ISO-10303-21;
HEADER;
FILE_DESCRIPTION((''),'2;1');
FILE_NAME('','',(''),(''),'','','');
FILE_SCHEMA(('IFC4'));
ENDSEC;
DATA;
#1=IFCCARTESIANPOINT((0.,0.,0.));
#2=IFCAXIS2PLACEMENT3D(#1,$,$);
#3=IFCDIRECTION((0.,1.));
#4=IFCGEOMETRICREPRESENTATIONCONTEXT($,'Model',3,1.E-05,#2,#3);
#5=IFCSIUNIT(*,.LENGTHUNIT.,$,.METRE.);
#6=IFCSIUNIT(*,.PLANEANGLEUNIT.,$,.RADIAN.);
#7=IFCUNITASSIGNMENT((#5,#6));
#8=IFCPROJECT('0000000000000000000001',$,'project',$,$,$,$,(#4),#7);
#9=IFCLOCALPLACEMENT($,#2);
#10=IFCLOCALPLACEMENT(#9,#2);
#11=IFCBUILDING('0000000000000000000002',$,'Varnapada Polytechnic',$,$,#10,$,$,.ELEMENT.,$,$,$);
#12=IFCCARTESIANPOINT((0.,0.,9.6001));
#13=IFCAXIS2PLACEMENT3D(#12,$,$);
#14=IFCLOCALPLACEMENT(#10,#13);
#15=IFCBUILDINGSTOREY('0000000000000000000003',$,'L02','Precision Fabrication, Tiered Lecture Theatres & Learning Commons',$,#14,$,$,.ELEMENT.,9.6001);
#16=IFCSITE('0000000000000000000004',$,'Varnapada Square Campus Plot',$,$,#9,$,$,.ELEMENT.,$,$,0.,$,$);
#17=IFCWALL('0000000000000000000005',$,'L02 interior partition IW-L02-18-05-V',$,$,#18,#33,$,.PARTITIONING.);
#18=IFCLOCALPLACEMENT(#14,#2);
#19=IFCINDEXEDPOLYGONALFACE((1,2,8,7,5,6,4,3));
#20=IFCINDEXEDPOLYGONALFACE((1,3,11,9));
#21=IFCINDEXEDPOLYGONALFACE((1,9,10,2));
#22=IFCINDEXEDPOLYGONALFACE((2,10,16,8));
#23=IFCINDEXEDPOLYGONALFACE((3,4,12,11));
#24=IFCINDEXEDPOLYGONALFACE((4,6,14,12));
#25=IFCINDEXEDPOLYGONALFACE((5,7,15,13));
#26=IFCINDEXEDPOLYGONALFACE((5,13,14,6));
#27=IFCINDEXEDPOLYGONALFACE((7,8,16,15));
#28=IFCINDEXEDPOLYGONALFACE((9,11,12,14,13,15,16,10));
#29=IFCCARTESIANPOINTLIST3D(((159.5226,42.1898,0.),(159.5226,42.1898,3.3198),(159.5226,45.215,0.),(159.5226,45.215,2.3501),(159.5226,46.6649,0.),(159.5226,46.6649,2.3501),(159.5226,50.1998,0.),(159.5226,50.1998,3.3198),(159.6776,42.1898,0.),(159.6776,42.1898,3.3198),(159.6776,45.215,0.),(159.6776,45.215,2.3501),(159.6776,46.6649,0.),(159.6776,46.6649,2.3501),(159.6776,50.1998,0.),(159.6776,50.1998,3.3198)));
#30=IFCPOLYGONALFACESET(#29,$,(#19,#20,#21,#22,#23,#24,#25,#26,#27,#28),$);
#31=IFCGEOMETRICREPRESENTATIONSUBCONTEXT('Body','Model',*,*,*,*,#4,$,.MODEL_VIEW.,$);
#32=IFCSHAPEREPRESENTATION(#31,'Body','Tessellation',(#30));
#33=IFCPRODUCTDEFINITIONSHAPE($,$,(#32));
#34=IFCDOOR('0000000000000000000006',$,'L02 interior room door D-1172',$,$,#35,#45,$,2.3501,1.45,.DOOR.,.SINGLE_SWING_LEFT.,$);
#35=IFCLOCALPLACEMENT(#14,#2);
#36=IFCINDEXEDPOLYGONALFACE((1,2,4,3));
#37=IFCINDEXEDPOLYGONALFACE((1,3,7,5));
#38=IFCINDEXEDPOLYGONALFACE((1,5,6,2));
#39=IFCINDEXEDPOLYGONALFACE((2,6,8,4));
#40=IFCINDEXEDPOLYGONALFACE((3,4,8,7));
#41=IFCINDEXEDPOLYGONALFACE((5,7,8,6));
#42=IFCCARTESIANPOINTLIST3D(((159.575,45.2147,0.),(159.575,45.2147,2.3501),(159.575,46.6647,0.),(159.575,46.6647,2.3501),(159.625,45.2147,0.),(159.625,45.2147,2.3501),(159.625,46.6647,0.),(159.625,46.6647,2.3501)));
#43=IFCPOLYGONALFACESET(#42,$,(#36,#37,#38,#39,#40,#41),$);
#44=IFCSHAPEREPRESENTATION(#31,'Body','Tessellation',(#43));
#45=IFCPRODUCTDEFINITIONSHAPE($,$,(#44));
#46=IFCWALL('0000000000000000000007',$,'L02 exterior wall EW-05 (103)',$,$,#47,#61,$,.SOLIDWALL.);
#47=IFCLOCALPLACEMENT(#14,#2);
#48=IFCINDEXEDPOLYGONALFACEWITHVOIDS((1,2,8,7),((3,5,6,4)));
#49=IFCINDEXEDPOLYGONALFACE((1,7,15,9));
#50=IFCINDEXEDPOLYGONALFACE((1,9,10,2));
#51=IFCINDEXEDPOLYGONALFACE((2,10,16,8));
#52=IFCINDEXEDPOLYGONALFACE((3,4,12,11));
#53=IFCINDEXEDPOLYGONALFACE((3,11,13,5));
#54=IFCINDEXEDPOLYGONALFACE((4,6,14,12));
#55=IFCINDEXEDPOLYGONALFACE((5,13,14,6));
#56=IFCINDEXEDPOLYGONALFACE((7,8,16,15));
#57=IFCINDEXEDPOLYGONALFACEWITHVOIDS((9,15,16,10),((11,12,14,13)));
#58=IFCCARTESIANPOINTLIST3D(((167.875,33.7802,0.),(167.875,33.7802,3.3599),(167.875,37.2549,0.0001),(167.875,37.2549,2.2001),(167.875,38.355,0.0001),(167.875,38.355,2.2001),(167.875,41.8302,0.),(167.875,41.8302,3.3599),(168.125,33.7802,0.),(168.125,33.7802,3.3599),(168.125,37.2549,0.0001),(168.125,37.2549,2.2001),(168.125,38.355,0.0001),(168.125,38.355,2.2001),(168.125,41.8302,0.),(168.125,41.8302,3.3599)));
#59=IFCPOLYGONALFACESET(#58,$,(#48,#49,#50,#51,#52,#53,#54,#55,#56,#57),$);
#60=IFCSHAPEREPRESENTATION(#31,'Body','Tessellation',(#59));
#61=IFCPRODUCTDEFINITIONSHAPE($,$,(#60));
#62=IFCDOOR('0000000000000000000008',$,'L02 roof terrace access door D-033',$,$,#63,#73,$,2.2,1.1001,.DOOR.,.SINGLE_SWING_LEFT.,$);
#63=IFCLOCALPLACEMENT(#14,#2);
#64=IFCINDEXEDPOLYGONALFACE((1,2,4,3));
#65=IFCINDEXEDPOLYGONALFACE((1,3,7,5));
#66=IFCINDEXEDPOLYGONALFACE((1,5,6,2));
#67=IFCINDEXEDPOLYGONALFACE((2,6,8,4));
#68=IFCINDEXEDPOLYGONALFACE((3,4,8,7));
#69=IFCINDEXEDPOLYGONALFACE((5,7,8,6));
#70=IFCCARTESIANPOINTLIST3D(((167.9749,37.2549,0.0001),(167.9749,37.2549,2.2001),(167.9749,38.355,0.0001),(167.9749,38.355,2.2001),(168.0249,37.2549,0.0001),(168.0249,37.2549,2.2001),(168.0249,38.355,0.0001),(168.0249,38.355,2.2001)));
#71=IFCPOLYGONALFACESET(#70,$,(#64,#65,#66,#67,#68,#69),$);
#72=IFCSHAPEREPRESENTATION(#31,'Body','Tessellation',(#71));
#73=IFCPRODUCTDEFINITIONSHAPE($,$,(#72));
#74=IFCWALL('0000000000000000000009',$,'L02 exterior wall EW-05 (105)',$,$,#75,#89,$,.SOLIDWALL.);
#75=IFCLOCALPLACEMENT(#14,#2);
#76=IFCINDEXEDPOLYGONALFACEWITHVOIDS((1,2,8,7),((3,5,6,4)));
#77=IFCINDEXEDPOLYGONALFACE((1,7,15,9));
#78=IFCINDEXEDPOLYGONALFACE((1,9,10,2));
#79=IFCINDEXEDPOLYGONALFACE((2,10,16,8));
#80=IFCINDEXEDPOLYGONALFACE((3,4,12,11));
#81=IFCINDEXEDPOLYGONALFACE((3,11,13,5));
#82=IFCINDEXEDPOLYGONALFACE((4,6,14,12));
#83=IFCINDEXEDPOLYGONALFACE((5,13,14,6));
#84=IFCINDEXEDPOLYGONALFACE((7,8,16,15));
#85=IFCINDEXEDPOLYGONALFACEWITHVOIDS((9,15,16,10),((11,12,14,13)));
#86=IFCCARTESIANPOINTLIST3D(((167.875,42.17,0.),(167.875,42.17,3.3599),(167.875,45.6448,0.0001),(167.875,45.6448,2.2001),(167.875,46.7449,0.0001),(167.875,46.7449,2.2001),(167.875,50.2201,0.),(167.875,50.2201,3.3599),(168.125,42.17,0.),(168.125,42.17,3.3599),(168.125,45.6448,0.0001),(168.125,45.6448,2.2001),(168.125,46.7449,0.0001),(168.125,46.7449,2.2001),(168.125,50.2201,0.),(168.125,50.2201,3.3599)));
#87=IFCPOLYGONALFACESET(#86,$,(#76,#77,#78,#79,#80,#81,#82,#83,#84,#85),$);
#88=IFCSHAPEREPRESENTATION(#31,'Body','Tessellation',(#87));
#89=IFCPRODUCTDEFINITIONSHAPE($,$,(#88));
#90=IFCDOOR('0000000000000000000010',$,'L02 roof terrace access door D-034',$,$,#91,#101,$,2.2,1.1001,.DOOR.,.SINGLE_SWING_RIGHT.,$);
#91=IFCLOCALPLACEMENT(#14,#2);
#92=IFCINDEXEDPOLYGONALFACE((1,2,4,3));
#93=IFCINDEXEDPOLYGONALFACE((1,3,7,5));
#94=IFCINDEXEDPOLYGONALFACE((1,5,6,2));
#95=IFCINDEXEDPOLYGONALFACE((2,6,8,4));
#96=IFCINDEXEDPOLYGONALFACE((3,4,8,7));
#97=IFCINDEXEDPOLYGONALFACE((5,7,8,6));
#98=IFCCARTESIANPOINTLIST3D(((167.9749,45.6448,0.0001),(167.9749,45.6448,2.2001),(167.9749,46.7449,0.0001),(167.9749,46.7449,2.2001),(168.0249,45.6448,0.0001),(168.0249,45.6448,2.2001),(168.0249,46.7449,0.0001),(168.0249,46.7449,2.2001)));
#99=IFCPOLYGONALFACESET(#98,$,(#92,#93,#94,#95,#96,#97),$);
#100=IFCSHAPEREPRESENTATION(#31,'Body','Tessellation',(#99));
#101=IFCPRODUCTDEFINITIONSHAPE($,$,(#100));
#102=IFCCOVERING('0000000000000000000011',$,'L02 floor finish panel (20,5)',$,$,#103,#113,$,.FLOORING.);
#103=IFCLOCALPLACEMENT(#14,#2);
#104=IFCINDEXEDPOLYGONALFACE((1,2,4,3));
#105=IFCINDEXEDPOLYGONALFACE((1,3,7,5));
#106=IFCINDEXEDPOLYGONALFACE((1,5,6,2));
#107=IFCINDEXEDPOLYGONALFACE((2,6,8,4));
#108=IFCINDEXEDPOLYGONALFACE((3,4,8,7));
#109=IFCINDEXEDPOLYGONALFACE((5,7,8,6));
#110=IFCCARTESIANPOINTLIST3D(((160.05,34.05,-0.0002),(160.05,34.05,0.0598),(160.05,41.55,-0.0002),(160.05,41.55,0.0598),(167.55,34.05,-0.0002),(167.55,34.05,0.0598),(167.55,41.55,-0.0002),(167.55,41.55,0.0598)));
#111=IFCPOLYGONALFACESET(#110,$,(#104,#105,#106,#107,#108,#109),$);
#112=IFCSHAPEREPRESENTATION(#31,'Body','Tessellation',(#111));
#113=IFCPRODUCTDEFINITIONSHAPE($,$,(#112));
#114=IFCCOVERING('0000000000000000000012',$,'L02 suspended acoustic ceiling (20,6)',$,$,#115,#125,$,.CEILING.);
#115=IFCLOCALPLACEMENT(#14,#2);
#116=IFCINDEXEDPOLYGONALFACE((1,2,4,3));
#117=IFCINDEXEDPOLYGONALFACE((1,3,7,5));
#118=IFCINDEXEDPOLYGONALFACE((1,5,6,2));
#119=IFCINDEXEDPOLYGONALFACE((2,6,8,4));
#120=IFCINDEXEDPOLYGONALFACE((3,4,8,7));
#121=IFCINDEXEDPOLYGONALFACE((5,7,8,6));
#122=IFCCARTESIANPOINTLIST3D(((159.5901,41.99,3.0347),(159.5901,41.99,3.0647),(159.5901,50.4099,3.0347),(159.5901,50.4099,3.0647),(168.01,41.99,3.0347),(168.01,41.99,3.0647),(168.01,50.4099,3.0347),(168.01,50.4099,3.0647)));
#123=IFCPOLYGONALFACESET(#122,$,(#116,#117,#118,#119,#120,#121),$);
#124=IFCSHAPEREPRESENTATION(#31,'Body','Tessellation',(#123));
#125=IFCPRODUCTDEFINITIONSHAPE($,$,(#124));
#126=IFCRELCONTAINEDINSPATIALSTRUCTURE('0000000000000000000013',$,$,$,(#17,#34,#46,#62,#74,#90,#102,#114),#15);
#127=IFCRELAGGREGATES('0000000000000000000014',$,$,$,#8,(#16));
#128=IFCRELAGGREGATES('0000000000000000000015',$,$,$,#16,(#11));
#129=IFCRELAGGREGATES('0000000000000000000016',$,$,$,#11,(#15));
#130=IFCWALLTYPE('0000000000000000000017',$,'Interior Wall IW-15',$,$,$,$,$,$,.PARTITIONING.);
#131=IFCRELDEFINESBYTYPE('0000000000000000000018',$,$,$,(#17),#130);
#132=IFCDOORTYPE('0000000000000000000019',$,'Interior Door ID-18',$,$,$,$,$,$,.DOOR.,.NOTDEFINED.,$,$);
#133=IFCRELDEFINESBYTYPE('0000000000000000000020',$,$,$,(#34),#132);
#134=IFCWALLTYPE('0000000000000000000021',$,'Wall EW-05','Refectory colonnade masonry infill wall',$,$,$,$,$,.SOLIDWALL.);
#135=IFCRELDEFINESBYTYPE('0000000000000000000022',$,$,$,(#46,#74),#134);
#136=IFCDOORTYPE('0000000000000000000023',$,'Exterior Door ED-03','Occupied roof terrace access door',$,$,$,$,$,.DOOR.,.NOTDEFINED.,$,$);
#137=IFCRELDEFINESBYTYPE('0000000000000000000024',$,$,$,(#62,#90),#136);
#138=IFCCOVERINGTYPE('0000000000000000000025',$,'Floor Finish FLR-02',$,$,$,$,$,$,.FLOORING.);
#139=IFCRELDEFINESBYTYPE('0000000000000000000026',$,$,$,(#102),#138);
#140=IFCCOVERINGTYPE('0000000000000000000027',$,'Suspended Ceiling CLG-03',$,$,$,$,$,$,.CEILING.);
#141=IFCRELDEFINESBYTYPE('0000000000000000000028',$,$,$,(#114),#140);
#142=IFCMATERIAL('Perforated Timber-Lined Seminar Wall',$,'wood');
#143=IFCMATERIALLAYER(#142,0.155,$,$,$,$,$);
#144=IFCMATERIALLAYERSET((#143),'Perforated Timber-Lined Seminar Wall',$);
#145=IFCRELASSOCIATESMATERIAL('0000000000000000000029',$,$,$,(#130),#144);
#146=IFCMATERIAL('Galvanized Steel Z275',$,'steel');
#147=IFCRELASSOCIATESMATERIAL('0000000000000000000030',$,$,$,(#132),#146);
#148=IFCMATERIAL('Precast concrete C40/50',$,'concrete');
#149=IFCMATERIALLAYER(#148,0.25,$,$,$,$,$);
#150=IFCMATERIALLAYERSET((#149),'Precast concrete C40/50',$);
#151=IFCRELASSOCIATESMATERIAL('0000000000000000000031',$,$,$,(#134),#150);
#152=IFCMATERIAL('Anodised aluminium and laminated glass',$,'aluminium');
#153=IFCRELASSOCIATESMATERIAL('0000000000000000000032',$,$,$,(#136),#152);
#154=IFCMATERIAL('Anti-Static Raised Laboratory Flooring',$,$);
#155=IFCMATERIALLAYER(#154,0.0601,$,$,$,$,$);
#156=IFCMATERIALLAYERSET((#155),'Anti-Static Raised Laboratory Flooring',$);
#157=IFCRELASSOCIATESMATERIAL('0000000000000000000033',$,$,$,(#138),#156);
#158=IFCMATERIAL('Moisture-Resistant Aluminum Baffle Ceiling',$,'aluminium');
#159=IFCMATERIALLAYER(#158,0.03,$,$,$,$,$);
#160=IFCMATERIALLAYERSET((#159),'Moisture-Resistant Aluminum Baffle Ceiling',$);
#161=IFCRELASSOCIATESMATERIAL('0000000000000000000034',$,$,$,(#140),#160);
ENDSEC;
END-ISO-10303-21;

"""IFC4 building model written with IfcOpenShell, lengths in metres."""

from ifc_helpers import new_model, si_unit, direction, frame, frame_2d, origin, origin_2d, place, context, subcontext, project, spatial, rectangle, extrude, material, layer, layer_set, type_object, element, fill, save


model = new_model("IFC4")

# Units and contexts
model_context = context("Model", 3, precision=1e-05, world=origin(), true_north=direction((0.0, 1.0)))
body_context = subcontext(model_context, "Body", "Model", "MODEL_VIEW")
ifc_project = project(units=[si_unit("LENGTHUNIT", "METRE"), si_unit("PLANEANGLEUNIT", "RADIAN")], contexts=[model_context])

# Site, building, storey
site_placement = place(None, origin())
site = spatial("IfcSite", under=ifc_project, at=site_placement, Name="Varnapada Square Campus Plot", CompositionType="ELEMENT", RefElevation=0.0)
building_placement = place(site_placement, origin())
building = spatial("IfcBuilding", under=site, at=building_placement, Name="Varnapada Polytechnic", CompositionType="ELEMENT")
storey_placement = place(building_placement, frame((0.0, 0.0, 9.6001)))
storey = spatial("IfcBuildingStorey", under=building, at=storey_placement, Name="L02", Description="Precision Fabrication, Tiered Lecture Theatres & Learning Commons", CompositionType="ELEMENT", Elevation=9.6001)

# Walls, openings, doors
ifc_material_1 = material(Name="Perforated Timber-Lined Seminar Wall", Category="wood")
ifc_layer_1 = layer(ifc_material_1, 0.155)
ifc_layer_set_1 = layer_set([ifc_layer_1], Name="Perforated Timber-Lined Seminar Wall")
wall_type_1 = type_object("IfcWallType", Name="Interior Wall IW-15", PredefinedType="PARTITIONING", material=ifc_layer_set_1)
wall_1_placement = place(storey_placement, frame((159.6001, 42.1899, 0.0), z_axis=(0.0, 0.0, 1.0), x_axis=(0.0, 1.0, 0.0)))
wall_1 = element("IfcWall", 1, at=wall_1_placement, inside=storey, type_object=wall_type_1, Name="L02 interior partition IW-L02-18-05-V", PredefinedType="PARTITIONING", context=body_context, shape_type="SweptSolid", body=[
    extrude(rectangle(XDim=8.01, YDim=0.155, at=frame_2d((4.0049, 0.0))), origin(), (0.0, 0.0, 1.0), 3.3198),
])
opening_1_placement = place(wall_1_placement, frame((3.0249, 0.0, 0.0)))
opening_1 = element("IfcOpeningElement", 2, at=opening_1_placement, cuts=wall_1, PredefinedType="OPENING", context=body_context, shape_type="SweptSolid", body=[
    extrude(rectangle(XDim=1.45, YDim=2.3501, at=frame_2d((0.7251, 1.175))), frame((0.0, 0.0874, 0.0), z_axis=(0.0, -1.0, 0.0), x_axis=(1.0, 0.0, 0.0)), (0.0, 0.0, 1.0), 0.175),
])
ifc_material_2 = material(Name="Galvanized Steel Z275", Category="steel")
door_type_1 = type_object("IfcDoorType", Name="Interior Door ID-18", OperationType="NOTDEFINED", PredefinedType="DOOR", material=ifc_material_2)
door_1_placement = place(opening_1_placement, frame((1.45, 0.0, 0.0), z_axis=(0.0, 0.0, 1.0), x_axis=(-1.0, 0.0, 0.0)))
door_1 = element("IfcDoor", 3, at=door_1_placement, inside=storey, type_object=door_type_1, Name="L02 interior room door D-1172", OperationType="SINGLE_SWING_LEFT", OverallHeight=2.3501, OverallWidth=1.45, PredefinedType="DOOR", context=body_context, shape_type="SweptSolid", body=[
    extrude(rectangle(XDim=1.45, YDim=2.3501, at=frame_2d((0.7251, 1.175))), frame((0.0, 0.0249, 0.0), z_axis=(0.0, -1.0, 0.0), x_axis=(1.0, 0.0, 0.0)), (0.0, 0.0, 1.0), 0.05),
])
fill(opening_1, door_1)
ifc_material_3 = material(Name="Precast concrete C40/50", Category="concrete")
ifc_layer_2 = layer(ifc_material_3, 0.25)
ifc_layer_set_2 = layer_set([ifc_layer_2], Name="Precast concrete C40/50")
wall_type_2 = type_object("IfcWallType", Name="Wall EW-05", Description="Refectory colonnade masonry infill wall", PredefinedType="SOLIDWALL", material=ifc_layer_set_2)
wall_2_placement = place(storey_placement, frame((168.0, 41.8301, 0.0), z_axis=(0.0, 0.0, 1.0), x_axis=(0.0, -1.0, 0.0)))
wall_2 = element("IfcWall", 4, at=wall_2_placement, inside=storey, type_object=wall_type_2, Name="L02 exterior wall EW-05 (103)", PredefinedType="SOLIDWALL", context=body_context, shape_type="SweptSolid", body=[
    extrude(rectangle(XDim=8.05, YDim=0.25, at=frame_2d((4.0249, 0.0))), origin(), (0.0, 0.0, 1.0), 3.3599),
])
opening_2_placement = place(wall_2_placement, frame((3.4751, 0.0, 0.0)))
opening_2 = element("IfcOpeningElement", 5, at=opening_2_placement, cuts=wall_2, PredefinedType="OPENING", context=body_context, shape_type="SweptSolid", body=[
    extrude(rectangle(XDim=1.1001, YDim=2.2, at=frame_2d((0.55, 1.1001))), frame((0.0, 0.135, 0.0), z_axis=(0.0, -1.0, 0.0), x_axis=(1.0, 0.0, 0.0)), (0.0, 0.0, 1.0), 0.27),
])
ifc_material_4 = material(Name="Anodised aluminium and laminated glass", Category="aluminium")
door_type_2 = type_object("IfcDoorType", Name="Exterior Door ED-03", Description="Occupied roof terrace access door", OperationType="NOTDEFINED", PredefinedType="DOOR", material=ifc_material_4)
door_2_placement = place(opening_2_placement, origin())
door_2 = element("IfcDoor", 6, at=door_2_placement, inside=storey, type_object=door_type_2, Name="L02 roof terrace access door D-033", OperationType="SINGLE_SWING_LEFT", OverallHeight=2.2, OverallWidth=1.1001, PredefinedType="DOOR", context=body_context, shape_type="SweptSolid", body=[
    extrude(rectangle(XDim=1.1001, YDim=2.2, at=frame_2d((0.55, 1.1001))), frame((0.0, 0.0249, 0.0), z_axis=(0.0, -1.0, 0.0), x_axis=(1.0, 0.0, 0.0)), (0.0, 0.0, 1.0), 0.05),
])
fill(opening_2, door_2)
wall_3_placement = place(storey_placement, frame((168.0, 50.22, 0.0), z_axis=(0.0, 0.0, 1.0), x_axis=(0.0, -1.0, 0.0)))
wall_3 = element("IfcWall", 7, at=wall_3_placement, inside=storey, type_object=wall_type_2, Name="L02 exterior wall EW-05 (105)", PredefinedType="SOLIDWALL", context=body_context, shape_type="SweptSolid", body=[
    extrude(rectangle(XDim=8.05, YDim=0.25, at=frame_2d((4.0249, 0.0))), origin(), (0.0, 0.0, 1.0), 3.3599),
])
opening_3_placement = place(wall_3_placement, frame((3.4751, 0.0, 0.0)))
opening_3 = element("IfcOpeningElement", 8, at=opening_3_placement, cuts=wall_3, PredefinedType="OPENING", context=body_context, shape_type="SweptSolid", body=[
    extrude(rectangle(XDim=1.1001, YDim=2.2, at=frame_2d((0.55, 1.1001))), frame((0.0, 0.135, 0.0), z_axis=(0.0, -1.0, 0.0), x_axis=(1.0, 0.0, 0.0)), (0.0, 0.0, 1.0), 0.27),
])
door_3_placement = place(opening_3_placement, origin())
door_3 = element("IfcDoor", 9, at=door_3_placement, inside=storey, type_object=door_type_2, Name="L02 roof terrace access door D-034", OperationType="SINGLE_SWING_RIGHT", OverallHeight=2.2, OverallWidth=1.1001, PredefinedType="DOOR", context=body_context, shape_type="SweptSolid", body=[
    extrude(rectangle(XDim=1.1001, YDim=2.2, at=frame_2d((0.55, 1.1001))), frame((0.0, 0.0249, 0.0), z_axis=(0.0, -1.0, 0.0), x_axis=(1.0, 0.0, 0.0)), (0.0, 0.0, 1.0), 0.05),
])
fill(opening_3, door_3)

# Coverings
ifc_material_5 = material(Name="Anti-Static Raised Laboratory Flooring")
ifc_layer_3 = layer(ifc_material_5, 0.0601)
ifc_layer_set_3 = layer_set([ifc_layer_3], Name="Anti-Static Raised Laboratory Flooring")
covering_type_1 = type_object("IfcCoveringType", Name="Floor Finish FLR-02", PredefinedType="FLOORING", material=ifc_layer_set_3)
covering_1_placement = place(storey_placement, frame((163.8, 37.8, -0.0002), z_axis=(0.0, 0.0, 1.0), x_axis=(1.0, 0.0, 0.0)))
element("IfcCovering", 10, at=covering_1_placement, inside=storey, type_object=covering_type_1, Name="L02 floor finish panel (20,5)", PredefinedType="FLOORING", context=body_context, shape_type="SweptSolid", body=[
    extrude(rectangle(XDim=7.5, YDim=7.5, at=origin_2d()), origin(), (0.0, 0.0, 1.0), 0.0601),
])
ifc_material_6 = material(Name="Moisture-Resistant Aluminum Baffle Ceiling", Category="aluminium")
ifc_layer_4 = layer(ifc_material_6, 0.03)
ifc_layer_set_4 = layer_set([ifc_layer_4], Name="Moisture-Resistant Aluminum Baffle Ceiling")
covering_type_2 = type_object("IfcCoveringType", Name="Suspended Ceiling CLG-03", PredefinedType="CEILING", material=ifc_layer_set_4)
covering_2_placement = place(storey_placement, frame((163.8, 46.2, 3.0347), z_axis=(0.0, 0.0, 1.0), x_axis=(1.0, 0.0, 0.0)))
element("IfcCovering", 11, at=covering_2_placement, inside=storey, type_object=covering_type_2, Name="L02 suspended acoustic ceiling (20,6)", PredefinedType="CEILING", context=body_context, shape_type="SweptSolid", body=[
    extrude(rectangle(XDim=8.4199, YDim=8.4199, at=origin_2d()), origin(), (0.0, 0.0, 1.0), 0.03),
])

save(model, "model.ifc")
